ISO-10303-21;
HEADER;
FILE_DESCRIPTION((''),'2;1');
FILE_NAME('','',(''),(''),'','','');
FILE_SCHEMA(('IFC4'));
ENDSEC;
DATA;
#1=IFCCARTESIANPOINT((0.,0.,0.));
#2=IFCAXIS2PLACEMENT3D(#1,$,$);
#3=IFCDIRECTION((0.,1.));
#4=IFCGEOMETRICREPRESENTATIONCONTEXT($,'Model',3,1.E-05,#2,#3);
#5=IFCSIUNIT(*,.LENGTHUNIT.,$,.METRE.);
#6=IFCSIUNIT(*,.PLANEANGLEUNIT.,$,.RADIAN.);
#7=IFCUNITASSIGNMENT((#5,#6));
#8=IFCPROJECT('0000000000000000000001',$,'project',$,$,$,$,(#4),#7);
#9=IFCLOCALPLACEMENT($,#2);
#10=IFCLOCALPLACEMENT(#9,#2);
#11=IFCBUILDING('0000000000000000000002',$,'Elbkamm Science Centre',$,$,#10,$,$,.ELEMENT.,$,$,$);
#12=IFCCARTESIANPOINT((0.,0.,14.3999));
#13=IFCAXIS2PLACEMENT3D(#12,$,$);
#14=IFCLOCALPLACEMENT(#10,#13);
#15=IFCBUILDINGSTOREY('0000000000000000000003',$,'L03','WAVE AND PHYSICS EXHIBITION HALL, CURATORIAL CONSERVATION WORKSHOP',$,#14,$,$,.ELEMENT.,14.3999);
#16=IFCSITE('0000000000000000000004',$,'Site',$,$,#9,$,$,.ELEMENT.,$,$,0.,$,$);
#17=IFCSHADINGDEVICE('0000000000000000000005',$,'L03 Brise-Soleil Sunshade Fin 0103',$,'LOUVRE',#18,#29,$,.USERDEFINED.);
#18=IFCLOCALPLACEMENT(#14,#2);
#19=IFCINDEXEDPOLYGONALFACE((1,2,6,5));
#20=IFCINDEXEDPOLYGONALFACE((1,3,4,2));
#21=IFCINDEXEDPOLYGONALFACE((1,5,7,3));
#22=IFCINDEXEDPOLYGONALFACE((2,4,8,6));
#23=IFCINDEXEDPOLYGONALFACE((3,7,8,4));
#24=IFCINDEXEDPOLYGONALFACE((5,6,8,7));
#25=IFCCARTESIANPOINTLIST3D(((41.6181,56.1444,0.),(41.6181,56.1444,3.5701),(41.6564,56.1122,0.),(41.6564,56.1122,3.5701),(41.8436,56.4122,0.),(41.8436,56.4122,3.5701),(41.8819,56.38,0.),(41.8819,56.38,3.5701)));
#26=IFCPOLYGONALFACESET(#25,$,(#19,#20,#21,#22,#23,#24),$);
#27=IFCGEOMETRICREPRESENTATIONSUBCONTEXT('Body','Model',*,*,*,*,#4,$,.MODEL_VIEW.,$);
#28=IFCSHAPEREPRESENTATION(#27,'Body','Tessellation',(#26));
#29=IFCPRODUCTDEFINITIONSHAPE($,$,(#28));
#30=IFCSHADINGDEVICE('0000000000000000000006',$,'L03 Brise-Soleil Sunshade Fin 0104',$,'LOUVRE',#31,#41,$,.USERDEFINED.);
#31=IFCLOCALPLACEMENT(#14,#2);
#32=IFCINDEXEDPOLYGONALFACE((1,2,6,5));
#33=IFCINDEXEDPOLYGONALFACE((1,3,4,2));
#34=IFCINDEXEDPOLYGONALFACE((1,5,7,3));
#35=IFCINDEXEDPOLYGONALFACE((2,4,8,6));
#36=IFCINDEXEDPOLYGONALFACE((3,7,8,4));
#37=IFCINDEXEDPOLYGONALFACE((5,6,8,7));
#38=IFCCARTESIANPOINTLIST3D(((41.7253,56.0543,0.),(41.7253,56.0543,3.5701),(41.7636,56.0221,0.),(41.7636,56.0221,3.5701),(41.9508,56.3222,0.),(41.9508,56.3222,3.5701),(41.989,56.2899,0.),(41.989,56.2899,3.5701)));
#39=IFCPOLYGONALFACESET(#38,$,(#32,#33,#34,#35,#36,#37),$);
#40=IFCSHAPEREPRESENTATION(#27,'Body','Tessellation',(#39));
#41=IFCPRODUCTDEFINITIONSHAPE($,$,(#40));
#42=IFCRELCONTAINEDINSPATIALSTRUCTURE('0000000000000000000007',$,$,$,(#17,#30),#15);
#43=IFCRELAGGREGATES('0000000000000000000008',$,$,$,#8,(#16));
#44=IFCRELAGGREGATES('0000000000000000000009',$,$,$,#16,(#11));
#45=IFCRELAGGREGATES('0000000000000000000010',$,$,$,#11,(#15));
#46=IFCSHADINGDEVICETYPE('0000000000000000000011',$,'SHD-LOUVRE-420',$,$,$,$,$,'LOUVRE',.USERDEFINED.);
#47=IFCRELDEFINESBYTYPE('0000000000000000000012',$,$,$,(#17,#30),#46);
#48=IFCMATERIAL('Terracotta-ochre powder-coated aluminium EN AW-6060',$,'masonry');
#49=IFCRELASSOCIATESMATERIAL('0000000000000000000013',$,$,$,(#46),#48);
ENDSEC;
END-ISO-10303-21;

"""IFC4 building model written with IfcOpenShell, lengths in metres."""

from ifc_helpers import new_model, si_unit, direction, frame, origin, origin_2d, place, context, subcontext, project, spatial, rectangle, extrude, material, type_object, element, save


model = new_model("IFC4")

# Units and contexts
model_context = context("Model", 3, precision=1e-05, world=origin(), true_north=direction((0.0, 1.0)))
body_context = subcontext(model_context, "Body", "Model", "MODEL_VIEW")
ifc_project = project(units=[si_unit("LENGTHUNIT", "METRE"), si_unit("PLANEANGLEUNIT", "RADIAN")], contexts=[model_context])

# Site, building, storey
site_placement = place(None, origin())
site = spatial("IfcSite", under=ifc_project, at=site_placement, Name="Site", CompositionType="ELEMENT", RefElevation=0.0)
building_placement = place(site_placement, origin())
building = spatial("IfcBuilding", under=site, at=building_placement, Name="Elbkamm Science Centre", CompositionType="ELEMENT")
storey_placement = place(building_placement, frame((0.0, 0.0, 14.3999)))
storey = spatial("IfcBuildingStorey", under=building, at=storey_placement, Name="L03", Description="WAVE AND PHYSICS EXHIBITION HALL, CURATORIAL CONSERVATION WORKSHOP", CompositionType="ELEMENT", Elevation=14.3999)

# Shading devices
ifc_material_1 = material(Name="Terracotta-ochre powder-coated aluminium EN AW-6060", Category="masonry")
shading_device_type = type_object("IfcShadingDeviceType", Name="SHD-LOUVRE-420", ElementType="LOUVRE", PredefinedType="USERDEFINED", material=ifc_material_1)
for number, where, z_axis, x_axis, name in (
    (1, (41.75, 56.2622, 0.0), (0.0, 0.0, 1.0), (-0.643957, -0.765062, 0.0), "L03 Brise-Soleil Sunshade Fin 0103"),
    (2, (41.8572, 56.1721, 0.0), (0.0, 0.0, 1.0), (-0.643957, -0.765062, 0.0), "L03 Brise-Soleil Sunshade Fin 0104"),
):
    element("IfcShadingDevice", number, at=place(storey_placement, frame(where, z_axis=z_axis, x_axis=x_axis)), inside=storey, type_object=shading_device_type, Name=name, ObjectType="LOUVRE", PredefinedType="USERDEFINED", context=body_context, shape_type="SweptSolid", body=[
        extrude(rectangle(XDim=0.3501, YDim=0.05, at=origin_2d()), origin(), (0.0, 0.0, 1.0), 3.5701),
    ])

save(model, "model.ifc")
